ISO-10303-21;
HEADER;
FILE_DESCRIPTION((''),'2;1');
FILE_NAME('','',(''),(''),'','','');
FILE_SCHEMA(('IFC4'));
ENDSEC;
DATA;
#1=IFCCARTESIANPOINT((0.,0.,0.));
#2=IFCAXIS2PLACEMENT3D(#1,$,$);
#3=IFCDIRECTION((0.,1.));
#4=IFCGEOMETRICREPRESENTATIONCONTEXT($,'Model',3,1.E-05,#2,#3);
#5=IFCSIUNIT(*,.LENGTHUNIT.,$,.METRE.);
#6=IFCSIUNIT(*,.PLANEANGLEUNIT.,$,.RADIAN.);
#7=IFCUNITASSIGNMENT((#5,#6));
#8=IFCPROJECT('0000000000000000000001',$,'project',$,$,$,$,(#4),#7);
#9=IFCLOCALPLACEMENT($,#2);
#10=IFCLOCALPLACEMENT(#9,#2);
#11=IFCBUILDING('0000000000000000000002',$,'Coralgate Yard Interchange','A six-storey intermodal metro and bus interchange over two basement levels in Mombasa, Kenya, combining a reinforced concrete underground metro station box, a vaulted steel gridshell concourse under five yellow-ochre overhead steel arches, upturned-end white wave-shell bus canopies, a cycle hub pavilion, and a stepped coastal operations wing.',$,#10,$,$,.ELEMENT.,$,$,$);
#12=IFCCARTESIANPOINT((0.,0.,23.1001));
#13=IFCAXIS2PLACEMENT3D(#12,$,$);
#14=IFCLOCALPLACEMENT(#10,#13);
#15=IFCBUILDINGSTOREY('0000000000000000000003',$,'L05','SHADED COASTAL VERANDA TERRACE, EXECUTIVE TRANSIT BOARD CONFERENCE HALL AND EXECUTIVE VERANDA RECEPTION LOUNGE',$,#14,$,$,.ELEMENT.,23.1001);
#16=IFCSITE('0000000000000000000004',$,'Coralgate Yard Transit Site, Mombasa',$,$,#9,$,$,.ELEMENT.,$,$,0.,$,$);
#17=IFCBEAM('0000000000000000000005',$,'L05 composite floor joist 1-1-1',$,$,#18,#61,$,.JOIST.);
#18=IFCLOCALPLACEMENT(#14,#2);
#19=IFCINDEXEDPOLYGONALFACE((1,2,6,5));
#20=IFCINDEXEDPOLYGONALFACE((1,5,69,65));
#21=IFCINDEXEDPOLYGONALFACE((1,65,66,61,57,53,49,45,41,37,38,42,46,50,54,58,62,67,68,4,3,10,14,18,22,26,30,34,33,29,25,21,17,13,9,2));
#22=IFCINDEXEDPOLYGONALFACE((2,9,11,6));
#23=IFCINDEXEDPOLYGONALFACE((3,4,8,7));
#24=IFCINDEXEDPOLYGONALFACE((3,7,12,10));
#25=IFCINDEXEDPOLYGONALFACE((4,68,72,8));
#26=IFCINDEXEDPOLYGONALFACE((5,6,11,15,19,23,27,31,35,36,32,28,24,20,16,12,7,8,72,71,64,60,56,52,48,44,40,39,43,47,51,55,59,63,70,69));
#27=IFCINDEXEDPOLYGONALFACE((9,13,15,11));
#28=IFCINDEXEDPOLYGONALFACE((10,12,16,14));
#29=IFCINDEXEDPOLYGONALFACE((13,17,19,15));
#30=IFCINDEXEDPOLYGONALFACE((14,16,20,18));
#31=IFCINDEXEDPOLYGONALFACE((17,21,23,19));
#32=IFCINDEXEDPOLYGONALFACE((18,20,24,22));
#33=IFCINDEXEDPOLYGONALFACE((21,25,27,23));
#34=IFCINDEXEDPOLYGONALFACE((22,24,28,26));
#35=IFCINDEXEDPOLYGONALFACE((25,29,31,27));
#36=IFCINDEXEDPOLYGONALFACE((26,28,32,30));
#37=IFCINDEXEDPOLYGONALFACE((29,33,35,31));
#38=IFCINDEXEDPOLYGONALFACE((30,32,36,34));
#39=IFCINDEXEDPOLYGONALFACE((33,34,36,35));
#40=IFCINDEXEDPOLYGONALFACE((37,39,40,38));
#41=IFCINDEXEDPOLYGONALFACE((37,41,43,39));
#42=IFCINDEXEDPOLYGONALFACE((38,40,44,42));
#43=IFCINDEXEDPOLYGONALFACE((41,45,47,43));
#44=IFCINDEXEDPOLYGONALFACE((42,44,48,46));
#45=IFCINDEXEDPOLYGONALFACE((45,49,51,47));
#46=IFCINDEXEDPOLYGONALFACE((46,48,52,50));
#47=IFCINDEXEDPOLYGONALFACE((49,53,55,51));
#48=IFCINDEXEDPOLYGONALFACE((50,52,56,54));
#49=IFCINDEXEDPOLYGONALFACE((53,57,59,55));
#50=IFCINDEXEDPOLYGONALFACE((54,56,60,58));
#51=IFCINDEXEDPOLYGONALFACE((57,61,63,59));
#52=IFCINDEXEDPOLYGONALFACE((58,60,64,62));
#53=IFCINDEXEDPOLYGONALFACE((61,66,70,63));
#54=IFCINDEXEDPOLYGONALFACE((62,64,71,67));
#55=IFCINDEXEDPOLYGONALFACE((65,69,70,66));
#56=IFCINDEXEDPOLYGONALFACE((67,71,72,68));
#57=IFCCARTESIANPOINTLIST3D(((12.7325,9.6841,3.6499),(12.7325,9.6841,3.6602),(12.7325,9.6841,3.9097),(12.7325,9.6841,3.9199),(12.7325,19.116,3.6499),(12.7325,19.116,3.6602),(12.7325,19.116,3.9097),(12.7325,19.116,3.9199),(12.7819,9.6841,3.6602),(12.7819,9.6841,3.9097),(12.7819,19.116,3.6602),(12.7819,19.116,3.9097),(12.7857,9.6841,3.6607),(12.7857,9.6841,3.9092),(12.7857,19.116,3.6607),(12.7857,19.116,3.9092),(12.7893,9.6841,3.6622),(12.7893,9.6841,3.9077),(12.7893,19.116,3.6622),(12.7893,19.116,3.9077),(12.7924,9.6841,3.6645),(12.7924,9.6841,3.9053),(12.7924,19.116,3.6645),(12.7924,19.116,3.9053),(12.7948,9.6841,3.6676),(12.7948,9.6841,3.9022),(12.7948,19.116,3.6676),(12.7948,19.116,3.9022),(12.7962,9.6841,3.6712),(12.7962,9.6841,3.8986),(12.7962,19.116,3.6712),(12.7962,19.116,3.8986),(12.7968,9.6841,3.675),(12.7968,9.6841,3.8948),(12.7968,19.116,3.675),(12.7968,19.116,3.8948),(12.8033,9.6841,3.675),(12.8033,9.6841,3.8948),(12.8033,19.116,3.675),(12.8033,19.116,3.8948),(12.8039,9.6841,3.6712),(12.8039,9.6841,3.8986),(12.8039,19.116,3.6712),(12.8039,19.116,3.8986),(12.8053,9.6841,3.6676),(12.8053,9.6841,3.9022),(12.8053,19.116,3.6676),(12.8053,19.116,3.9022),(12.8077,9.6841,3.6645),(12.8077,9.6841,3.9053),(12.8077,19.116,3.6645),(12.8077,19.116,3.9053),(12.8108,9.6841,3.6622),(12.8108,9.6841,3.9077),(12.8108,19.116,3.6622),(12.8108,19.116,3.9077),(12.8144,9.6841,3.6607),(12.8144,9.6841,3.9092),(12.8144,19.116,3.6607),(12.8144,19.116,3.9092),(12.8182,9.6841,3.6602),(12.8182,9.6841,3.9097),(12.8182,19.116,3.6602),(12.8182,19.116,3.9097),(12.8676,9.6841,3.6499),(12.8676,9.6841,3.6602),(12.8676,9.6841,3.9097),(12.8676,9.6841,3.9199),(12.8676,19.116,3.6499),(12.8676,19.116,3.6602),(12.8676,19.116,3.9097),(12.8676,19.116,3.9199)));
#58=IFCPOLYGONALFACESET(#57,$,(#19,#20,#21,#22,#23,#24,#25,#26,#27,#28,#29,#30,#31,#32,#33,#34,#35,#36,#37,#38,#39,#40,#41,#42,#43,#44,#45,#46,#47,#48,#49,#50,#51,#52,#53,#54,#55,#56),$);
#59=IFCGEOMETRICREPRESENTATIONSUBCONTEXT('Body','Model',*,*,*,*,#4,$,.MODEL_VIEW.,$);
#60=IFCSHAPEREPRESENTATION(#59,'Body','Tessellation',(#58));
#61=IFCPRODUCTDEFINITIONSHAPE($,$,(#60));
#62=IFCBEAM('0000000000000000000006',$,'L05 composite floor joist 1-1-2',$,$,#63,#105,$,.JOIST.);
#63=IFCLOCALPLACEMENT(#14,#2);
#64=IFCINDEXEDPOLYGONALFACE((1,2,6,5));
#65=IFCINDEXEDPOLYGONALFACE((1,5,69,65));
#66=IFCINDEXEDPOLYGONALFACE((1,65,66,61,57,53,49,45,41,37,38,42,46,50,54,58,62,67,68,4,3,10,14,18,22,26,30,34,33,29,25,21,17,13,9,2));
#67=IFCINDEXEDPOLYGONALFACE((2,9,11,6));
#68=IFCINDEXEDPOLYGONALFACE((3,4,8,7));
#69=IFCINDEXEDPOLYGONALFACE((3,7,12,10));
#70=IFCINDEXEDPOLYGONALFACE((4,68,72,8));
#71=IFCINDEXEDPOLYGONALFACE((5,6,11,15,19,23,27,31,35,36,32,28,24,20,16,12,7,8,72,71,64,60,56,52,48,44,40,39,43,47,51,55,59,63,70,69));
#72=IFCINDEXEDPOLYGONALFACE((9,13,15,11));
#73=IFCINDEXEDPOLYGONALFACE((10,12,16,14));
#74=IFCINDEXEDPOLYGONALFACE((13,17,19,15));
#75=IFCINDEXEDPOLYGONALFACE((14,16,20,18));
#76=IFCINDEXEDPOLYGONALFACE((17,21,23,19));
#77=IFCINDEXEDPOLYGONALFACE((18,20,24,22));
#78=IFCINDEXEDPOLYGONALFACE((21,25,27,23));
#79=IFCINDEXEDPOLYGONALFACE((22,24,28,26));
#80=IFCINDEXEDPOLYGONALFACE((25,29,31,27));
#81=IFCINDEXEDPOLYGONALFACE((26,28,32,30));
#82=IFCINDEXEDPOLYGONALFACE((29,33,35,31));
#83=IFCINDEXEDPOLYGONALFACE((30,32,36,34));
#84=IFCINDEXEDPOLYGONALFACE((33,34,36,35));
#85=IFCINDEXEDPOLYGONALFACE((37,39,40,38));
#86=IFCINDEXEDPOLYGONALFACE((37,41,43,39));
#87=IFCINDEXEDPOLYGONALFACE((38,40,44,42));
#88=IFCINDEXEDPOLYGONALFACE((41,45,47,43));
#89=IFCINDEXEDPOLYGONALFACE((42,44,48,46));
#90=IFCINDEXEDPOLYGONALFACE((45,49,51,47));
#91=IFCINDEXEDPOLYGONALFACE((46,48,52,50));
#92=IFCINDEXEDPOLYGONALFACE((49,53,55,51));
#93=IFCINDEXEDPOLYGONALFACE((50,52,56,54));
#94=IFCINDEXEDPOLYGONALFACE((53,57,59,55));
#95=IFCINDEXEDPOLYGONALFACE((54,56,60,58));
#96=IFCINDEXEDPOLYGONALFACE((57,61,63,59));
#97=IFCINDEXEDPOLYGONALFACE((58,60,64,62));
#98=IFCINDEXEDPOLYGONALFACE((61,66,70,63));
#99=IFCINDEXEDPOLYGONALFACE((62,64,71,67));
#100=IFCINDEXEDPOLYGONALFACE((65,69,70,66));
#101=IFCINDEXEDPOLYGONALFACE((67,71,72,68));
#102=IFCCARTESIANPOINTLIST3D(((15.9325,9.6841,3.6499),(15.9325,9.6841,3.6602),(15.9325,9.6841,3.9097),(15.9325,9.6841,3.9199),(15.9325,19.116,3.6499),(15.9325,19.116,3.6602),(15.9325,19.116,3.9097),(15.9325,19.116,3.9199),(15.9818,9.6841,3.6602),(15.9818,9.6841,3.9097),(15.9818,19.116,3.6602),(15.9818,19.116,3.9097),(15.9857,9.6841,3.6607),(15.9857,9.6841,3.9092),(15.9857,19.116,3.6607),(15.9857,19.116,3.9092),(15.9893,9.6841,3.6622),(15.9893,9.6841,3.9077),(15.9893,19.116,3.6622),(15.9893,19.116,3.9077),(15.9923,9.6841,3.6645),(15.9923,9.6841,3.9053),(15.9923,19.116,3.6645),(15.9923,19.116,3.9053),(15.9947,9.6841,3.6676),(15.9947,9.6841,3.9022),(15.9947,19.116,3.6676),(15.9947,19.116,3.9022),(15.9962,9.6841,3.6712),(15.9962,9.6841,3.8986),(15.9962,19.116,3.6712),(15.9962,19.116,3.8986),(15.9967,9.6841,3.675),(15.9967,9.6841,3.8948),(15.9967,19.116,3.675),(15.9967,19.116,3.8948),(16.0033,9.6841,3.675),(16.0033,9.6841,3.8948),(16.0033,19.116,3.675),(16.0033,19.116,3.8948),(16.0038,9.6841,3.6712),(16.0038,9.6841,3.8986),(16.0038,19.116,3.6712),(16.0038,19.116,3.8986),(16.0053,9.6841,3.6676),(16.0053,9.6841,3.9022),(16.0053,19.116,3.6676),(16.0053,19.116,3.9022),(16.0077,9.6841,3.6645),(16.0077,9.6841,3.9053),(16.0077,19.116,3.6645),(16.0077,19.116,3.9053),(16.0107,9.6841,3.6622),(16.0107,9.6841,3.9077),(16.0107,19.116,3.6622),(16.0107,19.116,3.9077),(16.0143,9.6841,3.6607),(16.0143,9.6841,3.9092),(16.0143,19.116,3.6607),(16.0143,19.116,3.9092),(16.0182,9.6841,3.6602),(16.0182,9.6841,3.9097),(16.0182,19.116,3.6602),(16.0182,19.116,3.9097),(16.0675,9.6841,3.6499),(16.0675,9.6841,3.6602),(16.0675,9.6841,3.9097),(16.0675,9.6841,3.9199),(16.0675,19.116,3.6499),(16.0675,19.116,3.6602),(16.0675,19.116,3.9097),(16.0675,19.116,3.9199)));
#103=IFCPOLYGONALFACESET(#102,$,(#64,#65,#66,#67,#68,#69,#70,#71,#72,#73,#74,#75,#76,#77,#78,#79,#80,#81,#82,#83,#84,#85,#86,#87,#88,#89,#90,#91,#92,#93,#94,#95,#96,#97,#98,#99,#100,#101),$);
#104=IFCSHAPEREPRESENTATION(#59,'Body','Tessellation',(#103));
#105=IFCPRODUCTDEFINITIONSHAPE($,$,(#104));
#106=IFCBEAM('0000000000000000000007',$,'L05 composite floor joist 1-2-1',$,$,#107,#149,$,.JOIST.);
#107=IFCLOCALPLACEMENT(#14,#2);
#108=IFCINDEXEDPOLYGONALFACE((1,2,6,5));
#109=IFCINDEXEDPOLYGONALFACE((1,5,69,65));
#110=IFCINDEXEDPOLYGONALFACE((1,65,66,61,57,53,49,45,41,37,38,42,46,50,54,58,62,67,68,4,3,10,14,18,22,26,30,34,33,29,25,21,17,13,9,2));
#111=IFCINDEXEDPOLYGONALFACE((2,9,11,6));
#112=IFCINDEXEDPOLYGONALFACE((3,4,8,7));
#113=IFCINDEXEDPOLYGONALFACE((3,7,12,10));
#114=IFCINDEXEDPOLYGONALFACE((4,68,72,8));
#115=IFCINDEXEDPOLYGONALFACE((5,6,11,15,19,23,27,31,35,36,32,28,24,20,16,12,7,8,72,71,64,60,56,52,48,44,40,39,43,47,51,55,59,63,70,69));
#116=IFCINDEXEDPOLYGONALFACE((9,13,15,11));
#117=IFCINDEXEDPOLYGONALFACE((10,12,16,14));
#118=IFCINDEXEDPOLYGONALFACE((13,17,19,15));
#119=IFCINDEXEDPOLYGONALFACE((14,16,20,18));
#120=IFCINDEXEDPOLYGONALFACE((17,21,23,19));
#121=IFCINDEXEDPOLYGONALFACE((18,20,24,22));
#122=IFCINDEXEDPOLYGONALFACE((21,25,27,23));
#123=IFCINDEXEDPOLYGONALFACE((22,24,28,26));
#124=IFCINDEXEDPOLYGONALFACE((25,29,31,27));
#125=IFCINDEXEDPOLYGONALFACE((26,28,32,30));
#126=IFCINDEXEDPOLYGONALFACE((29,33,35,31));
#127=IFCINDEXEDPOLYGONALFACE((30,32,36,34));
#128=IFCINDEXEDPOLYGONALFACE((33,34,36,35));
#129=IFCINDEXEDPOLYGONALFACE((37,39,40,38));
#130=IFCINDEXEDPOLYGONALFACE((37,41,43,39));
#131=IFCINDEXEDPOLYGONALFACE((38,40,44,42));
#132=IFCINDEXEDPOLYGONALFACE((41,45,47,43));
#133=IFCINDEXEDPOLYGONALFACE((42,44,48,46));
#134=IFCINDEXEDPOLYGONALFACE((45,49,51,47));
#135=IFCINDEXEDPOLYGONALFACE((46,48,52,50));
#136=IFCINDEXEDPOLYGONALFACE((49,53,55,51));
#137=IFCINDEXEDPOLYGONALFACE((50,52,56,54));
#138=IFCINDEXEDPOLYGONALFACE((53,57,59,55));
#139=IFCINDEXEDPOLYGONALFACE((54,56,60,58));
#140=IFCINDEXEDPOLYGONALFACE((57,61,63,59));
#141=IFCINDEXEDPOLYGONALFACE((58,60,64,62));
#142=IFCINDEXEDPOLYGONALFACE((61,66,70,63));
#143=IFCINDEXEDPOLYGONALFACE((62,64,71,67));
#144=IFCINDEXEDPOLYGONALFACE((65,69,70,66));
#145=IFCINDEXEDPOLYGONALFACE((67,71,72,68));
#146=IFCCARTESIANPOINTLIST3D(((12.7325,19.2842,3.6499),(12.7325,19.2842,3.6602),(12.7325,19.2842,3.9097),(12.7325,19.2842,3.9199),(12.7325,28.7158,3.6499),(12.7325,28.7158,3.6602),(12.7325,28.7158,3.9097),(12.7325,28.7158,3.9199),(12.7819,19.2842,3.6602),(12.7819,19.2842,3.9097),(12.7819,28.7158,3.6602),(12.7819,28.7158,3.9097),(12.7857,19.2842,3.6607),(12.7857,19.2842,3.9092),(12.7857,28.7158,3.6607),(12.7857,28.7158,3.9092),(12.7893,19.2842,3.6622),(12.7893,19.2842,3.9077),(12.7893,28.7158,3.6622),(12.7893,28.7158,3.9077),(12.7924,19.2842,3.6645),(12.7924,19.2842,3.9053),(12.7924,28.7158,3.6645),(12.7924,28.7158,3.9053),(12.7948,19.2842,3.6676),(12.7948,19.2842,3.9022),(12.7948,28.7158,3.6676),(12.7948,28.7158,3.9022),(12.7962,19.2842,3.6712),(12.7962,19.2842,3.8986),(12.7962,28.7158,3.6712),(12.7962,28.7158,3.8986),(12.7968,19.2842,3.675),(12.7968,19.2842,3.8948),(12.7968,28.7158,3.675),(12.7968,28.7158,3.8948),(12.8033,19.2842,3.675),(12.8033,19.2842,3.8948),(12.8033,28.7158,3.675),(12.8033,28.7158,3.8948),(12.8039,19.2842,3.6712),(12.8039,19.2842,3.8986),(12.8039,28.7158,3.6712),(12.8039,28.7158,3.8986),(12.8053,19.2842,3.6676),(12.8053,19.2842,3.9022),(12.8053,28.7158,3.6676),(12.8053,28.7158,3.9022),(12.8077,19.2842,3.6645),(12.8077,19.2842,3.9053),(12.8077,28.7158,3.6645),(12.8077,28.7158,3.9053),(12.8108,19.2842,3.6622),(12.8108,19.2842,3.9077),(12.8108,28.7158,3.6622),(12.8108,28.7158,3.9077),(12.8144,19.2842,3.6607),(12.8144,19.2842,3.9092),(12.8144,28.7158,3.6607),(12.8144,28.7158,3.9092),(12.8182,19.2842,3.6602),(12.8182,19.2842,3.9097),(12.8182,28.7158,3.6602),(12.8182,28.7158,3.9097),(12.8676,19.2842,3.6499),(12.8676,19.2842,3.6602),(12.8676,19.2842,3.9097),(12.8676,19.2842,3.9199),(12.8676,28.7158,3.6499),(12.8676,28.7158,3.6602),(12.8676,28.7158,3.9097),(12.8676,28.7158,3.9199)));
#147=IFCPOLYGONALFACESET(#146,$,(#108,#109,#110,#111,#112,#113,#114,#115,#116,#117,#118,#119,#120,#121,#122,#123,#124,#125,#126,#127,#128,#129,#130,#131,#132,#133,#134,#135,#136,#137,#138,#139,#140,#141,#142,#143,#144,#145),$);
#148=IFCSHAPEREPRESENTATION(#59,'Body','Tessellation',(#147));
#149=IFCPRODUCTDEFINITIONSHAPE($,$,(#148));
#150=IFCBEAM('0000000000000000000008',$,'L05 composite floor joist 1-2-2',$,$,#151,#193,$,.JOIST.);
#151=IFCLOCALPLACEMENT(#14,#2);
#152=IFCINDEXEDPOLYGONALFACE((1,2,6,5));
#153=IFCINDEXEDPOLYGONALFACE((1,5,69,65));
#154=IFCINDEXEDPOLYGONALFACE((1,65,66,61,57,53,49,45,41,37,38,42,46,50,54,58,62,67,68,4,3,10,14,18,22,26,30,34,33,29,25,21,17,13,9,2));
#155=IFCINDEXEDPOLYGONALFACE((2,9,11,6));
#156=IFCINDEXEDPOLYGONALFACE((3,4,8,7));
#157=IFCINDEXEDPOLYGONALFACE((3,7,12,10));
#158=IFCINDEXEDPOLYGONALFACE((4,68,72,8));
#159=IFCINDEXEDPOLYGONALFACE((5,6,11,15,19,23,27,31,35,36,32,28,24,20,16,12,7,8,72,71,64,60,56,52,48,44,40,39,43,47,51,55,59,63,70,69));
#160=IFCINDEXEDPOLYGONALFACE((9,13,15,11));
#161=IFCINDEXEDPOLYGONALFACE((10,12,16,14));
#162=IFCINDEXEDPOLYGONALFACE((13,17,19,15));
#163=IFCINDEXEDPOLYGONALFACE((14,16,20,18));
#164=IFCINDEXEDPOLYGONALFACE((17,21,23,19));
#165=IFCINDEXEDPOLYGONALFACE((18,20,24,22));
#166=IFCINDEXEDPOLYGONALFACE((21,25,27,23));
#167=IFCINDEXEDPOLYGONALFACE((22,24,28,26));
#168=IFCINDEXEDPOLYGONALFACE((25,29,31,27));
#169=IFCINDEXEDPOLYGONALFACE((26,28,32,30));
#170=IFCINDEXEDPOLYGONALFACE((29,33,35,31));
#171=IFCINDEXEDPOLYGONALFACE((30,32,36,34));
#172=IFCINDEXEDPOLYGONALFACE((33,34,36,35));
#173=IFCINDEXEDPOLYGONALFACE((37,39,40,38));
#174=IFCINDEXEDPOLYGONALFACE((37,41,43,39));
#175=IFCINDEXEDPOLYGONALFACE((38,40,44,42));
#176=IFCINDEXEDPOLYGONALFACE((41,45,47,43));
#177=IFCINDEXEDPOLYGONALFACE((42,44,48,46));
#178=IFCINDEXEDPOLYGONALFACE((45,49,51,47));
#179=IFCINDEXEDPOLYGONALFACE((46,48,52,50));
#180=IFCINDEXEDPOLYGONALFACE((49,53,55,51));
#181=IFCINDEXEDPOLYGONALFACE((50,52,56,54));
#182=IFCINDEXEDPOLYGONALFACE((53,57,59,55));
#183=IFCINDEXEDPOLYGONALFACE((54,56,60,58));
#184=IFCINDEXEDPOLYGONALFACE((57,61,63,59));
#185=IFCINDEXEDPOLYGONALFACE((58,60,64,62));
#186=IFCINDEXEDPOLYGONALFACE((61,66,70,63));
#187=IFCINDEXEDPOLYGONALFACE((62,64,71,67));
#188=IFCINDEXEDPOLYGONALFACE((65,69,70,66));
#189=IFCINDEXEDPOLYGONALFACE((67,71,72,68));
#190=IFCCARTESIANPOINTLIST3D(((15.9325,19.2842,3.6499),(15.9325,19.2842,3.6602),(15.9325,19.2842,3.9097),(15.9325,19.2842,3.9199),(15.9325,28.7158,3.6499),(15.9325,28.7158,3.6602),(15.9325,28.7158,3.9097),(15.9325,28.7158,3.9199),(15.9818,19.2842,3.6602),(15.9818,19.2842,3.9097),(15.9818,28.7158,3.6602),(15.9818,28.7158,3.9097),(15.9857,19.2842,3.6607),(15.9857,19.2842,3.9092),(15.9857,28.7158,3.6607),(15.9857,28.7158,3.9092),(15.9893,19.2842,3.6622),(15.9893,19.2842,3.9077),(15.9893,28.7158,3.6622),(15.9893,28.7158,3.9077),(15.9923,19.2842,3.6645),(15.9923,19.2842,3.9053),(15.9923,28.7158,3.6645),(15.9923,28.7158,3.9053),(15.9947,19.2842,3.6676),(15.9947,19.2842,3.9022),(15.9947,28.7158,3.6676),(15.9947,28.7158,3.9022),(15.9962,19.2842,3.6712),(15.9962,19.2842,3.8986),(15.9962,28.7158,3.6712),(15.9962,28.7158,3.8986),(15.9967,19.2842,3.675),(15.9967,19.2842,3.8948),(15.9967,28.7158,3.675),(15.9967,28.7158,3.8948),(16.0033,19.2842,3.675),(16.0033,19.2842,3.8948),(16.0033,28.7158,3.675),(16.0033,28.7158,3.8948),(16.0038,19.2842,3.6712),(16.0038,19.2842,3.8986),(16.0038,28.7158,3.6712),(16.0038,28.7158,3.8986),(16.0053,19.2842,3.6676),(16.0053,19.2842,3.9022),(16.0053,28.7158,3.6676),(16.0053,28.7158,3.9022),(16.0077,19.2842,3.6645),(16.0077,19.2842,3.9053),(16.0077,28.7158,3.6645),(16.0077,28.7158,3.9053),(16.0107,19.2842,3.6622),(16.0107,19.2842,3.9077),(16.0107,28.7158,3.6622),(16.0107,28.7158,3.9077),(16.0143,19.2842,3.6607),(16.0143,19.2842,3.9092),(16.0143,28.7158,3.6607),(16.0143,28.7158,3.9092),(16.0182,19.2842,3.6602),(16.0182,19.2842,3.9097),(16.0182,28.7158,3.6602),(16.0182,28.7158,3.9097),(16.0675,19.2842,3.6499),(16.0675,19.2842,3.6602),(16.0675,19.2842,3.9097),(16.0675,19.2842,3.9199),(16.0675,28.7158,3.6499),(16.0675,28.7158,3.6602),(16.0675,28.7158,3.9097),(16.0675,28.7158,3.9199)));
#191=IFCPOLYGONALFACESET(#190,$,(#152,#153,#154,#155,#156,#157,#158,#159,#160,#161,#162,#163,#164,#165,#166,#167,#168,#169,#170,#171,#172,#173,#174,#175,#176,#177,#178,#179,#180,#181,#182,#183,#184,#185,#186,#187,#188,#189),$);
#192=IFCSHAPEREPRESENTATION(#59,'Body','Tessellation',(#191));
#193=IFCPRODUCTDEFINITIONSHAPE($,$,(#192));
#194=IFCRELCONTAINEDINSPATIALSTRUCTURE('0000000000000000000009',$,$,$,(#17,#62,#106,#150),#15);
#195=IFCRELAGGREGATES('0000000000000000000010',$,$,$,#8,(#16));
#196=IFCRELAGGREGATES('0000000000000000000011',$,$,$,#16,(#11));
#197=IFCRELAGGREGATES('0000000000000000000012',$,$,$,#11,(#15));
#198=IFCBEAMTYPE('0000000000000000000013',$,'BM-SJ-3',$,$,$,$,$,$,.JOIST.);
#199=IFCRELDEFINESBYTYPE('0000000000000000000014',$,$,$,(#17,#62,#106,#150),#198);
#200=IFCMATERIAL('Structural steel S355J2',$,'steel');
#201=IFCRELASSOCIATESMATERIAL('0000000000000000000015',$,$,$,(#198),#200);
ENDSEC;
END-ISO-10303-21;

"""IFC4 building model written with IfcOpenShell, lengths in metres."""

from ifc_helpers import new_model, si_unit, direction, frame, origin, origin_2d, place, context, subcontext, project, spatial, i_section, extrude, material, material_profile, profile_set, type_object, element, save


model = new_model("IFC4")

# Units and contexts
model_context = context("Model", 3, precision=1e-05, world=origin(), true_north=direction((0.0, 1.0)))
body_context = subcontext(model_context, "Body", "Model", "MODEL_VIEW")
ifc_project = project(units=[si_unit("LENGTHUNIT", "METRE"), si_unit("PLANEANGLEUNIT", "RADIAN")], contexts=[model_context])

# Site, building, storey
site_placement = place(None, origin())
site = spatial("IfcSite", under=ifc_project, at=site_placement, Name="Coralgate Yard Transit Site, Mombasa", CompositionType="ELEMENT", RefElevation=0.0)
building_placement = place(site_placement, origin())
building = spatial("IfcBuilding", under=site, at=building_placement, Name="Coralgate Yard Interchange", Description="A six-storey intermodal metro and bus interchange over two basement levels in Mombasa, Kenya, combining a reinforced concrete underground metro station box, a vaulted steel gridshell concourse under five yellow-ochre overhead steel arches, upturned-end white wave-shell bus canopies, a cycle hub pavilion, and a stepped coastal operations wing.", CompositionType="ELEMENT")
storey_placement = place(building_placement, frame((0.0, 0.0, 23.1001)))
storey = spatial("IfcBuildingStorey", under=building, at=storey_placement, Name="L05", Description="SHADED COASTAL VERANDA TERRACE, EXECUTIVE TRANSIT BOARD CONFERENCE HALL AND EXECUTIVE VERANDA RECEPTION LOUNGE", CompositionType="ELEMENT", Elevation=23.1001)

# Shared definitions
ifc_material_1 = material(Name="Structural steel S355J2", Category="steel")

# Beams
ifc_material_profile_1 = material_profile(ifc_material_1, i_section(OverallWidth=0.135, OverallDepth=0.27, WebThickness=0.0066, FlangeThickness=0.0103, FilletRadius=0.0149, at=origin_2d()), Name="IPE 270")
ifc_profile_set_1 = profile_set([ifc_material_profile_1], Name="Structural steel S355J2")
beam_type_1 = type_object("IfcBeamType", Name="BM-SJ-3", PredefinedType="JOIST", material=ifc_profile_set_1)
for number, where, z_axis, x_axis, name in (
    (1, (12.8, 9.6841, 3.7849), (0.0, 1.0, 0.0), (-1.0, 0.0, 0.0), "L05 composite floor joist 1-1-1"),
    (2, (16.0, 9.6841, 3.7849), (0.0, 1.0, 0.0), (-1.0, 0.0, 0.0), "L05 composite floor joist 1-1-2"),
):
    element("IfcBeam", number, at=place(storey_placement, frame(where, z_axis=z_axis, x_axis=x_axis)), inside=storey, type_object=beam_type_1, Name=name, PredefinedType="JOIST", context=body_context, shape_type="SweptSolid", body=[
        extrude(i_section(OverallWidth=0.135, OverallDepth=0.27, WebThickness=0.0066, FlangeThickness=0.0103, FilletRadius=0.0149, at=origin_2d()), origin(), (0.0, 0.0, 1.0), 9.4319),
    ])
for number, where, z_axis, x_axis, name in (
    (3, (12.8, 19.2842, 3.7849), (0.0, 1.0, 0.0), (-1.0, 0.0, 0.0), "L05 composite floor joist 1-2-1"),
    (4, (16.0, 19.2842, 3.7849), (0.0, 1.0, 0.0), (-1.0, 0.0, 0.0), "L05 composite floor joist 1-2-2"),
):
    element("IfcBeam", number, at=place(storey_placement, frame(where, z_axis=z_axis, x_axis=x_axis)), inside=storey, type_object=beam_type_1, Name=name, PredefinedType="JOIST", context=body_context, shape_type="SweptSolid", body=[
        extrude(i_section(OverallWidth=0.135, OverallDepth=0.27, WebThickness=0.0066, FlangeThickness=0.0103, FilletRadius=0.0149, at=origin_2d()), origin(), (0.0, 0.0, 1.0), 9.4316),
    ])

save(model, "model.ifc")
